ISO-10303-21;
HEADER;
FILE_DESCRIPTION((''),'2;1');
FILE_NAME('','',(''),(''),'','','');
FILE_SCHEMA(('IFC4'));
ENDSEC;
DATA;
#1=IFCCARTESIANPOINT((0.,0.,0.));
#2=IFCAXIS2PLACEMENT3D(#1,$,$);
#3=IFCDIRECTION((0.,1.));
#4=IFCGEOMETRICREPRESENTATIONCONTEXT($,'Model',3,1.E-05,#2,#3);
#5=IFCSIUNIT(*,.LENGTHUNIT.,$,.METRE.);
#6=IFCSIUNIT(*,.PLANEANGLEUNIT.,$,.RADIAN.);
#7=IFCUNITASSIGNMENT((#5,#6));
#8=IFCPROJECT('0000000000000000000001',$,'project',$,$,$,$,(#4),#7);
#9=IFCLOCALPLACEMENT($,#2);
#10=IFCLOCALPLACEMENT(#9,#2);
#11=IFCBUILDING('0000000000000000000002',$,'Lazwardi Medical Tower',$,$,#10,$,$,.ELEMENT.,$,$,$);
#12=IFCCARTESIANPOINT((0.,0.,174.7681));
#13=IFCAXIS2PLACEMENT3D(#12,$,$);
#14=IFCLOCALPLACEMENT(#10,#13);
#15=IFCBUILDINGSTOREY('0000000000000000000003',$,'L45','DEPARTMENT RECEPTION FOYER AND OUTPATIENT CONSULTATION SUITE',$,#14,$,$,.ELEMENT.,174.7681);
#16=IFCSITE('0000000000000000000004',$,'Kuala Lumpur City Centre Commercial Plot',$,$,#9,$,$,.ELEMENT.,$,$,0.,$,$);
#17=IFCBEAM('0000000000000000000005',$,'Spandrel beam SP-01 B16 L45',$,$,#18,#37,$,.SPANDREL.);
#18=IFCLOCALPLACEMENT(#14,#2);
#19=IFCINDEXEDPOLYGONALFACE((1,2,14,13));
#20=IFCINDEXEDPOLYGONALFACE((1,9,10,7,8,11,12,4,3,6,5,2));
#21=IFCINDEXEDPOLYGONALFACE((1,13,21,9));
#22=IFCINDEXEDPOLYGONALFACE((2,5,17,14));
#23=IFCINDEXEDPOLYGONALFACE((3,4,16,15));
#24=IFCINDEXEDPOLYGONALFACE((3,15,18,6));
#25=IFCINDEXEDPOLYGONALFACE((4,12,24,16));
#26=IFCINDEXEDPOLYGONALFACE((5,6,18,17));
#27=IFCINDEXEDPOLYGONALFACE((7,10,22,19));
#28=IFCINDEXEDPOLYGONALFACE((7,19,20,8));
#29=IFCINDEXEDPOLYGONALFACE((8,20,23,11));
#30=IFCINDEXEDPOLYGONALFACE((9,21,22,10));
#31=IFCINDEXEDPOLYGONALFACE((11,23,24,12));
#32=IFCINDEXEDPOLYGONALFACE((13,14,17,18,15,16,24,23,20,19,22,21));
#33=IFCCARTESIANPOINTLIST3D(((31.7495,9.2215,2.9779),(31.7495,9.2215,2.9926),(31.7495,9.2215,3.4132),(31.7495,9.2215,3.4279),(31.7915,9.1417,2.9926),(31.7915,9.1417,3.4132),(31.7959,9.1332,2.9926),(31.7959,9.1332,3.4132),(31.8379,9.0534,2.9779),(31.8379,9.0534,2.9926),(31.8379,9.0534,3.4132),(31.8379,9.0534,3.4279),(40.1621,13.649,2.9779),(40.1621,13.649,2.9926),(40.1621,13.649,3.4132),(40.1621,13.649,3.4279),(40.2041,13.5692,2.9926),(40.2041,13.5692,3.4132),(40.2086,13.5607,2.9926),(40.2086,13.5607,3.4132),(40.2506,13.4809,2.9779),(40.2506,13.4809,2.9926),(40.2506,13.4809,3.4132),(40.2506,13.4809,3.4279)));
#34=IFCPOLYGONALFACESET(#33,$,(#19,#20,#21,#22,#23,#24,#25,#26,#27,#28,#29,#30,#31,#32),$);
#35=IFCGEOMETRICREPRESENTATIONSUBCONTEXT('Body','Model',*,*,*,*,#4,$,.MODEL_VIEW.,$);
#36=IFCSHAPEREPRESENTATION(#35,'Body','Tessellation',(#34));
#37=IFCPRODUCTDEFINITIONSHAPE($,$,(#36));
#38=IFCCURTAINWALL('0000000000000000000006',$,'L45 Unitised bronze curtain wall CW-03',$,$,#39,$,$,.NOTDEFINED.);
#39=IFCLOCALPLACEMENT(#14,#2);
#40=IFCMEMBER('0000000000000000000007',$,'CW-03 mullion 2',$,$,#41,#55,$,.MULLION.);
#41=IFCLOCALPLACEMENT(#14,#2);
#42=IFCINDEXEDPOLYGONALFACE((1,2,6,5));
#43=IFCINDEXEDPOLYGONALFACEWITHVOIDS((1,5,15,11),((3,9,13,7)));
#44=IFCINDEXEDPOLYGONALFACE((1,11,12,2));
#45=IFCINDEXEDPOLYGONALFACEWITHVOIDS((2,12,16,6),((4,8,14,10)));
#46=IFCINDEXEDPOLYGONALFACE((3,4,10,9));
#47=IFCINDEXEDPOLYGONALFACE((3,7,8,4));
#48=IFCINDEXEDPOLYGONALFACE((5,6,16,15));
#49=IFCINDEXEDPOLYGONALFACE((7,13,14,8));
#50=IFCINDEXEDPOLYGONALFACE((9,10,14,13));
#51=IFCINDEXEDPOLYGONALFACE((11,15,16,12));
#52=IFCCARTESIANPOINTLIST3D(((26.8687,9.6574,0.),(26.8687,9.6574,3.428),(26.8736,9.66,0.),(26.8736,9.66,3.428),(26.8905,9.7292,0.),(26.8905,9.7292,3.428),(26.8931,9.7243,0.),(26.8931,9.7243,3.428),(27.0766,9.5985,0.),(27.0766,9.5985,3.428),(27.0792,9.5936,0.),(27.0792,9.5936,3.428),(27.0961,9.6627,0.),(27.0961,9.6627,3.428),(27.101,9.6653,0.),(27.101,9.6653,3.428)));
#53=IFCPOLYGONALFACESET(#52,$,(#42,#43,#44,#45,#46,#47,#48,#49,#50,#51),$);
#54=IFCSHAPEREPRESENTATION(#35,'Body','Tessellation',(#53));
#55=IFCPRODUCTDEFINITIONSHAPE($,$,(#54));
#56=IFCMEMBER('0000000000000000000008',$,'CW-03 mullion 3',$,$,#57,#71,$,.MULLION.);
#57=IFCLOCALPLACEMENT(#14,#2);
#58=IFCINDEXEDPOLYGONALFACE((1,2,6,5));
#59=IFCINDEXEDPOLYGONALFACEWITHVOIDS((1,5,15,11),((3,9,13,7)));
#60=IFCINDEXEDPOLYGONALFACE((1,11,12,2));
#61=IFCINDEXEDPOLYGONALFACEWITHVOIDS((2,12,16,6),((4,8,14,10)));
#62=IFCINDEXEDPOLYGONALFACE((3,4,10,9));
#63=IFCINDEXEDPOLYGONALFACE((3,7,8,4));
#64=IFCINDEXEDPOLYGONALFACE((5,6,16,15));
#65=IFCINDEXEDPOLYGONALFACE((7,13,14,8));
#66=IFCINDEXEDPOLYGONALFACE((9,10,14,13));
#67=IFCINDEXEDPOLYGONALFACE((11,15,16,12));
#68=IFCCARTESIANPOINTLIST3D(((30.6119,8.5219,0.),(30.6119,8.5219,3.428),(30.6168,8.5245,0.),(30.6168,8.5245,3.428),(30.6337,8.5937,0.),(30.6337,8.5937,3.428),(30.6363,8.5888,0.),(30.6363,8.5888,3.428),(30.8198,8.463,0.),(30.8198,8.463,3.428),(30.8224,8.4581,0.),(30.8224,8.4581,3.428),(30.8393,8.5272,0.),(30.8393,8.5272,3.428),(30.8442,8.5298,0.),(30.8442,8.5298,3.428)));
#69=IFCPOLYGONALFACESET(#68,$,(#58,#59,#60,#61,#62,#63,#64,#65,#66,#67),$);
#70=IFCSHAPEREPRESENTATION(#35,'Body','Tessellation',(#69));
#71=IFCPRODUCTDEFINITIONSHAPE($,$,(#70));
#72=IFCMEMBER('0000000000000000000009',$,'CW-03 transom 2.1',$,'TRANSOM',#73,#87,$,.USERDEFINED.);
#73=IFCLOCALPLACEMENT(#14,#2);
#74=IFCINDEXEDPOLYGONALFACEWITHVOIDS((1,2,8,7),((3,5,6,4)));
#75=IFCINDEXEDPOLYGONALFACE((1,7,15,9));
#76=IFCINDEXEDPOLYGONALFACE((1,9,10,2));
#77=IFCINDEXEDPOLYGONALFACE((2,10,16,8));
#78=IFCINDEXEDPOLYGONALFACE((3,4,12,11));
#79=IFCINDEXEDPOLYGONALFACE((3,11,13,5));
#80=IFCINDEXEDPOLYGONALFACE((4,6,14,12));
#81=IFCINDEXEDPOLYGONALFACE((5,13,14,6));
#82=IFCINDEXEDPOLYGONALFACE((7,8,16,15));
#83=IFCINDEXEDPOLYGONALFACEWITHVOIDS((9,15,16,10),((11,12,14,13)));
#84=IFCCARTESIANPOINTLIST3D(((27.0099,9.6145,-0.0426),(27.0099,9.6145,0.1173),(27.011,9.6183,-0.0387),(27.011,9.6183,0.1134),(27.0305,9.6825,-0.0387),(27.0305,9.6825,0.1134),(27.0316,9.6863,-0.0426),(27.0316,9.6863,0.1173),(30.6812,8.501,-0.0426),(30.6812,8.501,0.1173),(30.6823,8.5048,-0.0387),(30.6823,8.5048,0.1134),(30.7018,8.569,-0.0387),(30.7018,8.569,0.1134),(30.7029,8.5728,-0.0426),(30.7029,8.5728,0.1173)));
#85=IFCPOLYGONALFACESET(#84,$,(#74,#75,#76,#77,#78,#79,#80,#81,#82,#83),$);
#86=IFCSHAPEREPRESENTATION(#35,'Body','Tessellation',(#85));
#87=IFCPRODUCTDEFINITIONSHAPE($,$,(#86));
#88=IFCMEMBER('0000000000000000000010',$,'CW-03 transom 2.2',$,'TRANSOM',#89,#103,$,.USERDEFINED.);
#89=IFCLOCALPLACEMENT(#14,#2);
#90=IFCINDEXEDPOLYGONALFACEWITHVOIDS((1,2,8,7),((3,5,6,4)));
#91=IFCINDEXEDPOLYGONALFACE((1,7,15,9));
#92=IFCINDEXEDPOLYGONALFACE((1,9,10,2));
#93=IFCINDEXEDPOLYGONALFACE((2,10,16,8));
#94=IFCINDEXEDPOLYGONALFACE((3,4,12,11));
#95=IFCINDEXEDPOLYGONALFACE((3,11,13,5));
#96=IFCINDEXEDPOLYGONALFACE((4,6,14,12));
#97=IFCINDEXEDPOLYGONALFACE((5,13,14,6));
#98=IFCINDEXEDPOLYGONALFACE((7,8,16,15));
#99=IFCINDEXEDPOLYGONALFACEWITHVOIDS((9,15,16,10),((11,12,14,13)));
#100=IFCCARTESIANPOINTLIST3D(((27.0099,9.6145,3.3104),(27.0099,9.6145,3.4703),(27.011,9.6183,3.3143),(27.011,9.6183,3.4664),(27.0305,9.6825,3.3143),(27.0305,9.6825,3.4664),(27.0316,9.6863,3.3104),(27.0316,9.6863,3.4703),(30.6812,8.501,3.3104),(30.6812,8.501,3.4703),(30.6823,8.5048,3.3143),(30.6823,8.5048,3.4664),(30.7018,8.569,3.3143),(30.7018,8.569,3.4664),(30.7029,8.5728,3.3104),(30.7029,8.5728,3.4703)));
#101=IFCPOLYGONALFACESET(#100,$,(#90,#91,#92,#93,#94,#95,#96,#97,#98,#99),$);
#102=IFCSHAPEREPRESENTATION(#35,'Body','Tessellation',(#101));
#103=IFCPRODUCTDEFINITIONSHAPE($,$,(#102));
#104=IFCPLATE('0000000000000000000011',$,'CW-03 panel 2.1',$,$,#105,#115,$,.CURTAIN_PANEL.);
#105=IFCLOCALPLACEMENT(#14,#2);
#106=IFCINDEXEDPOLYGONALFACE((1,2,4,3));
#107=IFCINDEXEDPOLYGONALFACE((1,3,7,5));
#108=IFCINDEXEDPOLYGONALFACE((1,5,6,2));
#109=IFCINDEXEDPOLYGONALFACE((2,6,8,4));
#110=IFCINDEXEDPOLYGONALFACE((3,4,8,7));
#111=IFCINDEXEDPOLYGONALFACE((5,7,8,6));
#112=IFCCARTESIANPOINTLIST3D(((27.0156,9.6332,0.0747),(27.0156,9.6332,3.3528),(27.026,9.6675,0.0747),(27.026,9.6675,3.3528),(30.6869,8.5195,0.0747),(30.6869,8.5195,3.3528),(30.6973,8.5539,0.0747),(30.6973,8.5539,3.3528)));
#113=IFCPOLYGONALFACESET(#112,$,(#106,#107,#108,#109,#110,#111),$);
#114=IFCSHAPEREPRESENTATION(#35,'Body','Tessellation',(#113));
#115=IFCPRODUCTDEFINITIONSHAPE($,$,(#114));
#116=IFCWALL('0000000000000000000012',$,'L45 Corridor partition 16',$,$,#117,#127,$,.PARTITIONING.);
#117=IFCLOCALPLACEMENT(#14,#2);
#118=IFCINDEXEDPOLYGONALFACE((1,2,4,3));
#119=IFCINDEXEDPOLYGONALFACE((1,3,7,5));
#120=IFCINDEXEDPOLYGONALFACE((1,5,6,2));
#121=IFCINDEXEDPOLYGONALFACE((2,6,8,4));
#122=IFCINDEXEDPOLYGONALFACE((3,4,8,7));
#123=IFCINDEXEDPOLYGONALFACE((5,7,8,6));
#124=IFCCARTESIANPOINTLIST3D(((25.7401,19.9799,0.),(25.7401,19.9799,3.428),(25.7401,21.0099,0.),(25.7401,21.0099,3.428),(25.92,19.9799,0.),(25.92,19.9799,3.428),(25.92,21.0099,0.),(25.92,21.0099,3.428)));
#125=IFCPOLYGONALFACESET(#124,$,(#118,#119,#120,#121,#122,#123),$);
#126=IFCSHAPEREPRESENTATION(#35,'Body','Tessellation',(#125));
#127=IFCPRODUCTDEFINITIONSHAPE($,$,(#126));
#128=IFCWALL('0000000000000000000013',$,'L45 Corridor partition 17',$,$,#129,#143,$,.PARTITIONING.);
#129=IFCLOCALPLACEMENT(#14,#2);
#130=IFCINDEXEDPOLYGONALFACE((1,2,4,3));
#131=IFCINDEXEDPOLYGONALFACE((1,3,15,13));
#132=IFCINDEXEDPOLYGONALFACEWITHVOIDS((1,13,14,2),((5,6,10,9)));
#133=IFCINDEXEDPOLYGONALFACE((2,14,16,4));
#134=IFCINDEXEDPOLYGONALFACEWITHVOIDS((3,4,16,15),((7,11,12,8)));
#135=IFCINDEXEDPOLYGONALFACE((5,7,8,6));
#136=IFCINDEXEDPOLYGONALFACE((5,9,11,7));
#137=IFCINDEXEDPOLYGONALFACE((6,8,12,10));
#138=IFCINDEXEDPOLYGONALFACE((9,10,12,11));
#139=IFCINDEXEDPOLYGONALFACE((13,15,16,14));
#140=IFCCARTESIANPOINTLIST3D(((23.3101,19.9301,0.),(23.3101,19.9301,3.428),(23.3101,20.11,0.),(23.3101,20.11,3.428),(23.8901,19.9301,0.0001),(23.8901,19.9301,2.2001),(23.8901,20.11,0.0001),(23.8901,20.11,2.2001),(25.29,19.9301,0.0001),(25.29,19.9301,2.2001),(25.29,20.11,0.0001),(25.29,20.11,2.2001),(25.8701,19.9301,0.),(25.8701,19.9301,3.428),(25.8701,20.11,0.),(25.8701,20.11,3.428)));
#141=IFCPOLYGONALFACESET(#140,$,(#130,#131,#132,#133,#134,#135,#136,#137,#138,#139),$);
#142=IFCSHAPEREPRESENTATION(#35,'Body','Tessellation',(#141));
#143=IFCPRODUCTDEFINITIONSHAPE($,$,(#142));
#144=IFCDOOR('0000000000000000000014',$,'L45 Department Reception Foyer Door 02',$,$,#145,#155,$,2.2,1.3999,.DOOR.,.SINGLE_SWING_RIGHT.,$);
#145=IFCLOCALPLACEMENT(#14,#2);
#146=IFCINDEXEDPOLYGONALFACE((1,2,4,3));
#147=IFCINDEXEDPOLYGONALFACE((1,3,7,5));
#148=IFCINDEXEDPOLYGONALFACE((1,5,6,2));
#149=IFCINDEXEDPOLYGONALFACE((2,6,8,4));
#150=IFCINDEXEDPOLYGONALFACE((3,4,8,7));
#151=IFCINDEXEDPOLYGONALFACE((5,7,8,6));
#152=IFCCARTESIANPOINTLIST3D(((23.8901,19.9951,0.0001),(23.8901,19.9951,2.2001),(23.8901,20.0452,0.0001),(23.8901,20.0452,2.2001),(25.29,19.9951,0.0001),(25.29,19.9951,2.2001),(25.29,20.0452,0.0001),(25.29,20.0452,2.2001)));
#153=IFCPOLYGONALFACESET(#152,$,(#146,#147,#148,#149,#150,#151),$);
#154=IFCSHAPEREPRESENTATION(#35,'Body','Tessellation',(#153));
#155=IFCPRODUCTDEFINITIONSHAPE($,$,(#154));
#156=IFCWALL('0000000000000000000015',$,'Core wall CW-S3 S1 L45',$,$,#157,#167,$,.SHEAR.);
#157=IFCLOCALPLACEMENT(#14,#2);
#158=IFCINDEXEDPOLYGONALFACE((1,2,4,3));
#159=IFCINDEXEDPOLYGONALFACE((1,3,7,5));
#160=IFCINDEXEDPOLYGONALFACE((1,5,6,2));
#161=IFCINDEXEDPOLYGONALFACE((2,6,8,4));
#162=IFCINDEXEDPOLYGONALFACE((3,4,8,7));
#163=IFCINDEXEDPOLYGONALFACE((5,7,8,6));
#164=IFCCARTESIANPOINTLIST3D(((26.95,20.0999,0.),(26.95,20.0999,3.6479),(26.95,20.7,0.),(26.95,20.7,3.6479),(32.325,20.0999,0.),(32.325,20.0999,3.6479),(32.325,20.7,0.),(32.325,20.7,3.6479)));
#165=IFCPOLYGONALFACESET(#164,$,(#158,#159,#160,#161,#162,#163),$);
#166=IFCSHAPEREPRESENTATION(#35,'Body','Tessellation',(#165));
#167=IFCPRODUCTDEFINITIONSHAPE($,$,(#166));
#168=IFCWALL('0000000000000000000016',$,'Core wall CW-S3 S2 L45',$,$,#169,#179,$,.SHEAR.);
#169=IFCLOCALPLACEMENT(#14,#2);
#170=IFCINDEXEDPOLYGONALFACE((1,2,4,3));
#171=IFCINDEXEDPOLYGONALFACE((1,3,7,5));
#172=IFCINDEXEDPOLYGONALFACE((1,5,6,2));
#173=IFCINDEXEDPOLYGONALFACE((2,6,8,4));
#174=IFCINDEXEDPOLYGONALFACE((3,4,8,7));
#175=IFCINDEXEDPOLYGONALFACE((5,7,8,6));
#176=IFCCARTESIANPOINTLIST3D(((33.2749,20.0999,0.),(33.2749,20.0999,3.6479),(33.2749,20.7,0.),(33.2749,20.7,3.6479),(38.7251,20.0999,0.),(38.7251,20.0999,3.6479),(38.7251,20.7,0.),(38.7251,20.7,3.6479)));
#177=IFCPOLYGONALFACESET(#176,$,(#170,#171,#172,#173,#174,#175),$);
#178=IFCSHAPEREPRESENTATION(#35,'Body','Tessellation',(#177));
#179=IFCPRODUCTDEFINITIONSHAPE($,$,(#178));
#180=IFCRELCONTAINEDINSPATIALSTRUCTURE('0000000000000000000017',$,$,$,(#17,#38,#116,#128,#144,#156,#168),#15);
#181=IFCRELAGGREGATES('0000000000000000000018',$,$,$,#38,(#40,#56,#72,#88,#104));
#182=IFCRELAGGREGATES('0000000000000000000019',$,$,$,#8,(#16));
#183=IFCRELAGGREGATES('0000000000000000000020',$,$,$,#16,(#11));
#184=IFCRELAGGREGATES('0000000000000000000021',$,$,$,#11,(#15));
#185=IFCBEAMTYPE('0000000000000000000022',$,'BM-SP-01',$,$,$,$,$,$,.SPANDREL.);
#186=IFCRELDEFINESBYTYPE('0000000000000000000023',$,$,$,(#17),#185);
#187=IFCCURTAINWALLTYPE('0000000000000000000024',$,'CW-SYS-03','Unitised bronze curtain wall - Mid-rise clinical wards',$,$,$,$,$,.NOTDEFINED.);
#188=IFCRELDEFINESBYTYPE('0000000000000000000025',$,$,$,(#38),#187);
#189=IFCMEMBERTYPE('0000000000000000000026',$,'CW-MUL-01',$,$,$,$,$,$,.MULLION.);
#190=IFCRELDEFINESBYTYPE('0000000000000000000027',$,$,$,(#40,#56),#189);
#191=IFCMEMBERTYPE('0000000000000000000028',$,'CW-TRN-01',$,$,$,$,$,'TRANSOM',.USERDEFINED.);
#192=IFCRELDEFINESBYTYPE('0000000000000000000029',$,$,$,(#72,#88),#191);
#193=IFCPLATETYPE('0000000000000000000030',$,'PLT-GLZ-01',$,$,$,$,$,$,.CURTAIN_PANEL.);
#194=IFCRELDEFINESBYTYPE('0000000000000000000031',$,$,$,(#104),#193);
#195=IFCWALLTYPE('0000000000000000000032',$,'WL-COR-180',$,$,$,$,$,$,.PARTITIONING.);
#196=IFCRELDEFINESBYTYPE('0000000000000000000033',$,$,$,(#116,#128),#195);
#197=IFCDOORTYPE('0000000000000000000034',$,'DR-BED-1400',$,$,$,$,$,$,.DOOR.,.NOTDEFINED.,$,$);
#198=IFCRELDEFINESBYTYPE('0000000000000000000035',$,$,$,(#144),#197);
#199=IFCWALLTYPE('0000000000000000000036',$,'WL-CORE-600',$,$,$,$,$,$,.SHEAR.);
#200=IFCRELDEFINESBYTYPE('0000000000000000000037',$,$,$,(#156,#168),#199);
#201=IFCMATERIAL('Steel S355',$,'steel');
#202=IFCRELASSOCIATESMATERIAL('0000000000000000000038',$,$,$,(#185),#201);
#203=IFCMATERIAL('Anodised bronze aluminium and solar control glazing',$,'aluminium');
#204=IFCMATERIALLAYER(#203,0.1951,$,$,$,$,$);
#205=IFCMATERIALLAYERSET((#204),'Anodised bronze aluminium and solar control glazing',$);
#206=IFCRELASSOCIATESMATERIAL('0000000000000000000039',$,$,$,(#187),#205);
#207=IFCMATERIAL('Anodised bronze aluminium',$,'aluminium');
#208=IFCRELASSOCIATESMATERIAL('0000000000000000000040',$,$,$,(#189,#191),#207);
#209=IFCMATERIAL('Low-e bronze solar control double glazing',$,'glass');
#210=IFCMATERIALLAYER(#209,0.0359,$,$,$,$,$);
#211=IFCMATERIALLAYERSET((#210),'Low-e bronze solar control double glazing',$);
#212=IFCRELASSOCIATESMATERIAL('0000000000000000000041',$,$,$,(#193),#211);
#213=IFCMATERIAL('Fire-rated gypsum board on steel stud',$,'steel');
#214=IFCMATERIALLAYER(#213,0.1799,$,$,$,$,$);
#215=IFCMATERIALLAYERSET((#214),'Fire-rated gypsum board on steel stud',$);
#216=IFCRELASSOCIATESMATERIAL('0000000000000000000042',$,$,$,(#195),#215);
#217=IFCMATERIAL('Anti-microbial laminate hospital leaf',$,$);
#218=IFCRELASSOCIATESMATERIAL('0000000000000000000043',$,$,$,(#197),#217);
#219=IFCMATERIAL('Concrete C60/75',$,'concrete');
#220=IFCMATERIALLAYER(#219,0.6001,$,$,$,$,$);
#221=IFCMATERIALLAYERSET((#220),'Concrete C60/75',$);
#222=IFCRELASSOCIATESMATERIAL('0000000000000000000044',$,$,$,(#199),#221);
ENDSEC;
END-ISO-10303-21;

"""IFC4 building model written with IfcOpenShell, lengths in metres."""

from ifc_helpers import new_model, si_unit, direction, frame, frame_2d, origin, origin_2d, place, context, subcontext, project, spatial, rectangle, hollow_rectangle, i_section, extrude, material, layer, layer_set, material_profile, profile_set, type_object, element, fill, aggregate, save


model = new_model("IFC4")

# Units and contexts
model_context = context("Model", 3, precision=1e-05, world=origin(), true_north=direction((0.0, 1.0)))
body_context = subcontext(model_context, "Body", "Model", "MODEL_VIEW")
ifc_project = project(units=[si_unit("LENGTHUNIT", "METRE"), si_unit("PLANEANGLEUNIT", "RADIAN")], contexts=[model_context])

# Site, building, storey
site_placement = place(None, origin())
site = spatial("IfcSite", under=ifc_project, at=site_placement, Name="Kuala Lumpur City Centre Commercial Plot", CompositionType="ELEMENT", RefElevation=0.0)
building_placement = place(site_placement, origin())
building = spatial("IfcBuilding", under=site, at=building_placement, Name="Lazwardi Medical Tower", CompositionType="ELEMENT")
storey_placement = place(building_placement, frame((0.0, 0.0, 174.7681)))
storey = spatial("IfcBuildingStorey", under=building, at=storey_placement, Name="L45", Description="DEPARTMENT RECEPTION FOYER AND OUTPATIENT CONSULTATION SUITE", CompositionType="ELEMENT", Elevation=174.7681)

# Shared definitions
ifc_material_1 = material(Name="Concrete C60/75", Category="concrete")

# Beam
ifc_material_2 = material(Name="Steel S355", Category="steel")
ifc_material_profile_1 = material_profile(ifc_material_2, i_section(OverallWidth=0.1899, OverallDepth=0.45, WebThickness=0.0095, FlangeThickness=0.0146, at=origin_2d()), Name="IPE 450")
ifc_profile_set_1 = profile_set([ifc_material_profile_1], Name="Steel S355")
beam_type_1 = type_object("IfcBeamType", Name="BM-SP-01", PredefinedType="SPANDREL", material=ifc_profile_set_1)
beam_1_placement = place(storey_placement, frame((31.7937, 9.1375, 3.2029), z_axis=(0.884927, 0.465731, 0.0), x_axis=(-0.465731, 0.884927, 0.0)))
element("IfcBeam", 1, at=beam_1_placement, inside=storey, type_object=beam_type_1, Name="Spandrel beam SP-01 B16 L45", PredefinedType="SPANDREL", context=body_context, shape_type="SweptSolid", body=[
    extrude(i_section(OverallWidth=0.1899, OverallDepth=0.45, WebThickness=0.0095, FlangeThickness=0.0146, at=origin_2d()), origin(), (0.0, 0.0, 1.0), 9.5066),
])

# Curtain wall, members, plate
ifc_material_3 = material(Name="Anodised bronze aluminium and solar control glazing", Category="aluminium")
ifc_layer_1 = layer(ifc_material_3, 0.1951)
ifc_layer_set_1 = layer_set([ifc_layer_1], Name="Anodised bronze aluminium and solar control glazing")
curtain_wall_type = type_object("IfcCurtainWallType", Name="CW-SYS-03", Description="Unitised bronze curtain wall - Mid-rise clinical wards", PredefinedType="NOTDEFINED", material=ifc_layer_set_1)
curtain_wall_placement = place(storey_placement, origin())
curtain_wall = element("IfcCurtainWall", 2, at=curtain_wall_placement, inside=storey, type_object=curtain_wall_type, Name="L45 Unitised bronze curtain wall CW-03", PredefinedType="NOTDEFINED")
ifc_material_4 = material(Name="Anodised bronze aluminium", Category="aluminium")
ifc_material_profile_2 = material_profile(ifc_material_4, hollow_rectangle(XDim=0.075, YDim=0.22, WallThickness=0.0039, at=origin_2d()), Name="ALU-MULLION 220x75x4")
ifc_profile_set_2 = profile_set([ifc_material_profile_2], Name="Anodised bronze aluminium")
member_type_1 = type_object("IfcMemberType", Name="CW-MUL-01", PredefinedType="MULLION", material=ifc_profile_set_2)
member_1_placement = place(storey_placement, frame((26.9849, 9.6614, 0.0), z_axis=(0.0, 0.0, 1.0), x_axis=(0.290281, 0.956942, 0.0)))
member_1 = element("IfcMember", 3, at=member_1_placement, type_object=member_type_1, Name="CW-03 mullion 2", PredefinedType="MULLION", context=body_context, shape_type="SweptSolid", body=[
    extrude(hollow_rectangle(XDim=0.075, YDim=0.22, WallThickness=0.0039, at=origin_2d()), origin(), (0.0, 0.0, 1.0), 3.428),
])
member_2_placement = place(storey_placement, frame((30.728, 8.5259, 0.0), z_axis=(0.0, 0.0, 1.0), x_axis=(0.290281, 0.956942, 0.0)))
member_2 = element("IfcMember", 4, at=member_2_placement, type_object=member_type_1, Name="CW-03 mullion 3", PredefinedType="MULLION", context=body_context, shape_type="SweptSolid", body=[
    extrude(hollow_rectangle(XDim=0.075, YDim=0.22, WallThickness=0.0039, at=origin_2d()), origin(), (0.0, 0.0, 1.0), 3.428),
])
ifc_material_profile_3 = material_profile(ifc_material_4, hollow_rectangle(XDim=0.075, YDim=0.1599, WallThickness=0.0039, at=origin_2d()), Name="ALU-TRANSOM 160x75x4")
ifc_profile_set_3 = profile_set([ifc_material_profile_3], Name="Anodised bronze aluminium")
member_type_2 = type_object("IfcMemberType", Name="CW-TRN-01", ElementType="TRANSOM", PredefinedType="USERDEFINED", material=ifc_profile_set_3)
member_3_placement = place(storey_placement, frame((27.0208, 9.6504, 0.0374), z_axis=(0.956953, -0.290242, 0.0), x_axis=(0.290242, 0.956953, 0.0)))
member_3 = element("IfcMember", 5, at=member_3_placement, type_object=member_type_2, Name="CW-03 transom 2.1", ObjectType="TRANSOM", PredefinedType="USERDEFINED", context=body_context, shape_type="SweptSolid", body=[
    extrude(hollow_rectangle(XDim=0.075, YDim=0.1599, WallThickness=0.0039, at=origin_2d()), origin(), (0.0, 0.0, 1.0), 3.8364),
])
member_4_placement = place(storey_placement, frame((27.0208, 9.6504, 3.3904), z_axis=(0.956953, -0.290242, 0.0), x_axis=(0.290242, 0.956953, 0.0)))
member_4 = element("IfcMember", 6, at=member_4_placement, type_object=member_type_2, Name="CW-03 transom 2.2", ObjectType="TRANSOM", PredefinedType="USERDEFINED", context=body_context, shape_type="SweptSolid", body=[
    extrude(hollow_rectangle(XDim=0.075, YDim=0.1599, WallThickness=0.0039, at=origin_2d()), origin(), (0.0, 0.0, 1.0), 3.8364),
])
ifc_material_5 = material(Name="Low-e bronze solar control double glazing", Category="glass")
ifc_layer_2 = layer(ifc_material_5, 0.0359)
ifc_layer_set_2 = layer_set([ifc_layer_2], Name="Low-e bronze solar control double glazing")
plate_type = type_object("IfcPlateType", Name="PLT-GLZ-01", PredefinedType="CURTAIN_PANEL", material=ifc_layer_set_2)
plate_placement = place(storey_placement, frame((28.8564, 9.0935, 0.0747), z_axis=(0.0, 0.0, 1.0), x_axis=(0.956942, -0.290281, 0.0)))
plate = element("IfcPlate", 7, at=plate_placement, type_object=plate_type, Name="CW-03 panel 2.1", PredefinedType="CURTAIN_PANEL", context=body_context, shape_type="SweptSolid", body=[
    extrude(rectangle(XDim=3.8364, YDim=0.0359, at=origin_2d()), origin(), (0.0, 0.0, 1.0), 3.2781),
])
aggregate(curtain_wall, [member_1, member_2, member_3, member_4, plate])

# Wall
ifc_material_6 = material(Name="Fire-rated gypsum board on steel stud", Category="steel")
ifc_layer_3 = layer(ifc_material_6, 0.1799)
ifc_layer_set_3 = layer_set([ifc_layer_3], Name="Fire-rated gypsum board on steel stud")
wall_type_1 = type_object("IfcWallType", Name="WL-COR-180", PredefinedType="PARTITIONING", material=ifc_layer_set_3)
wall_1_placement = place(storey_placement, frame((25.8301, 21.01, 0.0), z_axis=(0.0, 0.0, 1.0), x_axis=(0.0, -1.0, 0.0)))
element("IfcWall", 8, at=wall_1_placement, inside=storey, type_object=wall_type_1, Name="L45 Corridor partition 16", PredefinedType="PARTITIONING", context=body_context, shape_type="SweptSolid", body=[
    extrude(rectangle(XDim=1.03, YDim=0.1799, at=frame_2d((0.5151, 0.0))), origin(), (0.0, 0.0, 1.0), 3.428),
])

# Wall, opening, door
wall_2_placement = place(storey_placement, frame((25.8701, 20.02, 0.0), z_axis=(0.0, 0.0, 1.0), x_axis=(-1.0, 0.0, 0.0)))
wall_2 = element("IfcWall", 9, at=wall_2_placement, inside=storey, type_object=wall_type_1, Name="L45 Corridor partition 17", PredefinedType="PARTITIONING", context=body_context, shape_type="SweptSolid", body=[
    extrude(rectangle(XDim=2.5601, YDim=0.1799, at=frame_2d((1.28, 0.0))), origin(), (0.0, 0.0, 1.0), 3.428),
])
opening_1_placement = place(wall_2_placement, frame((0.5801, 0.0, 0.0)))
opening_1 = element("IfcOpeningElement", 10, at=opening_1_placement, cuts=wall_2, PredefinedType="OPENING", context=body_context, shape_type="SweptSolid", body=[
    extrude(rectangle(XDim=1.3999, YDim=2.2, at=frame_2d((0.7, 1.1001))), frame((0.0, 0.0999, 0.0), z_axis=(0.0, -1.0, 0.0), x_axis=(1.0, 0.0, 0.0)), (0.0, 0.0, 1.0), 0.2),
])
ifc_material_7 = material(Name="Anti-microbial laminate hospital leaf")
door_type_1 = type_object("IfcDoorType", Name="DR-BED-1400", OperationType="NOTDEFINED", PredefinedType="DOOR", material=ifc_material_7)
door_1_placement = place(opening_1_placement, origin())
door_1 = element("IfcDoor", 11, at=door_1_placement, inside=storey, type_object=door_type_1, Name="L45 Department Reception Foyer Door 02", OperationType="SINGLE_SWING_RIGHT", OverallHeight=2.2, OverallWidth=1.3999, PredefinedType="DOOR", context=body_context, shape_type="SweptSolid", body=[
    extrude(rectangle(XDim=1.3999, YDim=2.2, at=frame_2d((0.7, 1.1001))), frame((0.0, 0.0249, 0.0), z_axis=(0.0, -1.0, 0.0), x_axis=(1.0, 0.0, 0.0)), (0.0, 0.0, 1.0), 0.05),
])
fill(opening_1, door_1)

# Shared definitions
ifc_layer_4 = layer(ifc_material_1, 0.6001)
ifc_layer_set_4 = layer_set([ifc_layer_4], Name="Concrete C60/75")
wall_type_2 = type_object("IfcWallType", Name="WL-CORE-600", PredefinedType="SHEAR", material=ifc_layer_set_4)

# Walls
wall_3_placement = place(storey_placement, frame((26.95, 20.3999, 0.0), z_axis=(0.0, 0.0, 1.0), x_axis=(1.0, 0.0, 0.0)))
element("IfcWall", 12, at=wall_3_placement, inside=storey, type_object=wall_type_2, Name="Core wall CW-S3 S1 L45", PredefinedType="SHEAR", context=body_context, shape_type="SweptSolid", body=[
    extrude(rectangle(XDim=5.375, YDim=0.6001, at=frame_2d((2.6875, 0.0))), origin(), (0.0, 0.0, 1.0), 3.6479),
])
wall_4_placement = place(storey_placement, frame((33.2749, 20.3999, 0.0), z_axis=(0.0, 0.0, 1.0), x_axis=(1.0, 0.0, 0.0)))
element("IfcWall", 13, at=wall_4_placement, inside=storey, type_object=wall_type_2, Name="Core wall CW-S3 S2 L45", PredefinedType="SHEAR", context=body_context, shape_type="SweptSolid", body=[
    extrude(rectangle(XDim=5.4502, YDim=0.6001, at=frame_2d((2.7251, 0.0))), origin(), (0.0, 0.0, 1.0), 3.6479),
])

save(model, "model.ifc")
